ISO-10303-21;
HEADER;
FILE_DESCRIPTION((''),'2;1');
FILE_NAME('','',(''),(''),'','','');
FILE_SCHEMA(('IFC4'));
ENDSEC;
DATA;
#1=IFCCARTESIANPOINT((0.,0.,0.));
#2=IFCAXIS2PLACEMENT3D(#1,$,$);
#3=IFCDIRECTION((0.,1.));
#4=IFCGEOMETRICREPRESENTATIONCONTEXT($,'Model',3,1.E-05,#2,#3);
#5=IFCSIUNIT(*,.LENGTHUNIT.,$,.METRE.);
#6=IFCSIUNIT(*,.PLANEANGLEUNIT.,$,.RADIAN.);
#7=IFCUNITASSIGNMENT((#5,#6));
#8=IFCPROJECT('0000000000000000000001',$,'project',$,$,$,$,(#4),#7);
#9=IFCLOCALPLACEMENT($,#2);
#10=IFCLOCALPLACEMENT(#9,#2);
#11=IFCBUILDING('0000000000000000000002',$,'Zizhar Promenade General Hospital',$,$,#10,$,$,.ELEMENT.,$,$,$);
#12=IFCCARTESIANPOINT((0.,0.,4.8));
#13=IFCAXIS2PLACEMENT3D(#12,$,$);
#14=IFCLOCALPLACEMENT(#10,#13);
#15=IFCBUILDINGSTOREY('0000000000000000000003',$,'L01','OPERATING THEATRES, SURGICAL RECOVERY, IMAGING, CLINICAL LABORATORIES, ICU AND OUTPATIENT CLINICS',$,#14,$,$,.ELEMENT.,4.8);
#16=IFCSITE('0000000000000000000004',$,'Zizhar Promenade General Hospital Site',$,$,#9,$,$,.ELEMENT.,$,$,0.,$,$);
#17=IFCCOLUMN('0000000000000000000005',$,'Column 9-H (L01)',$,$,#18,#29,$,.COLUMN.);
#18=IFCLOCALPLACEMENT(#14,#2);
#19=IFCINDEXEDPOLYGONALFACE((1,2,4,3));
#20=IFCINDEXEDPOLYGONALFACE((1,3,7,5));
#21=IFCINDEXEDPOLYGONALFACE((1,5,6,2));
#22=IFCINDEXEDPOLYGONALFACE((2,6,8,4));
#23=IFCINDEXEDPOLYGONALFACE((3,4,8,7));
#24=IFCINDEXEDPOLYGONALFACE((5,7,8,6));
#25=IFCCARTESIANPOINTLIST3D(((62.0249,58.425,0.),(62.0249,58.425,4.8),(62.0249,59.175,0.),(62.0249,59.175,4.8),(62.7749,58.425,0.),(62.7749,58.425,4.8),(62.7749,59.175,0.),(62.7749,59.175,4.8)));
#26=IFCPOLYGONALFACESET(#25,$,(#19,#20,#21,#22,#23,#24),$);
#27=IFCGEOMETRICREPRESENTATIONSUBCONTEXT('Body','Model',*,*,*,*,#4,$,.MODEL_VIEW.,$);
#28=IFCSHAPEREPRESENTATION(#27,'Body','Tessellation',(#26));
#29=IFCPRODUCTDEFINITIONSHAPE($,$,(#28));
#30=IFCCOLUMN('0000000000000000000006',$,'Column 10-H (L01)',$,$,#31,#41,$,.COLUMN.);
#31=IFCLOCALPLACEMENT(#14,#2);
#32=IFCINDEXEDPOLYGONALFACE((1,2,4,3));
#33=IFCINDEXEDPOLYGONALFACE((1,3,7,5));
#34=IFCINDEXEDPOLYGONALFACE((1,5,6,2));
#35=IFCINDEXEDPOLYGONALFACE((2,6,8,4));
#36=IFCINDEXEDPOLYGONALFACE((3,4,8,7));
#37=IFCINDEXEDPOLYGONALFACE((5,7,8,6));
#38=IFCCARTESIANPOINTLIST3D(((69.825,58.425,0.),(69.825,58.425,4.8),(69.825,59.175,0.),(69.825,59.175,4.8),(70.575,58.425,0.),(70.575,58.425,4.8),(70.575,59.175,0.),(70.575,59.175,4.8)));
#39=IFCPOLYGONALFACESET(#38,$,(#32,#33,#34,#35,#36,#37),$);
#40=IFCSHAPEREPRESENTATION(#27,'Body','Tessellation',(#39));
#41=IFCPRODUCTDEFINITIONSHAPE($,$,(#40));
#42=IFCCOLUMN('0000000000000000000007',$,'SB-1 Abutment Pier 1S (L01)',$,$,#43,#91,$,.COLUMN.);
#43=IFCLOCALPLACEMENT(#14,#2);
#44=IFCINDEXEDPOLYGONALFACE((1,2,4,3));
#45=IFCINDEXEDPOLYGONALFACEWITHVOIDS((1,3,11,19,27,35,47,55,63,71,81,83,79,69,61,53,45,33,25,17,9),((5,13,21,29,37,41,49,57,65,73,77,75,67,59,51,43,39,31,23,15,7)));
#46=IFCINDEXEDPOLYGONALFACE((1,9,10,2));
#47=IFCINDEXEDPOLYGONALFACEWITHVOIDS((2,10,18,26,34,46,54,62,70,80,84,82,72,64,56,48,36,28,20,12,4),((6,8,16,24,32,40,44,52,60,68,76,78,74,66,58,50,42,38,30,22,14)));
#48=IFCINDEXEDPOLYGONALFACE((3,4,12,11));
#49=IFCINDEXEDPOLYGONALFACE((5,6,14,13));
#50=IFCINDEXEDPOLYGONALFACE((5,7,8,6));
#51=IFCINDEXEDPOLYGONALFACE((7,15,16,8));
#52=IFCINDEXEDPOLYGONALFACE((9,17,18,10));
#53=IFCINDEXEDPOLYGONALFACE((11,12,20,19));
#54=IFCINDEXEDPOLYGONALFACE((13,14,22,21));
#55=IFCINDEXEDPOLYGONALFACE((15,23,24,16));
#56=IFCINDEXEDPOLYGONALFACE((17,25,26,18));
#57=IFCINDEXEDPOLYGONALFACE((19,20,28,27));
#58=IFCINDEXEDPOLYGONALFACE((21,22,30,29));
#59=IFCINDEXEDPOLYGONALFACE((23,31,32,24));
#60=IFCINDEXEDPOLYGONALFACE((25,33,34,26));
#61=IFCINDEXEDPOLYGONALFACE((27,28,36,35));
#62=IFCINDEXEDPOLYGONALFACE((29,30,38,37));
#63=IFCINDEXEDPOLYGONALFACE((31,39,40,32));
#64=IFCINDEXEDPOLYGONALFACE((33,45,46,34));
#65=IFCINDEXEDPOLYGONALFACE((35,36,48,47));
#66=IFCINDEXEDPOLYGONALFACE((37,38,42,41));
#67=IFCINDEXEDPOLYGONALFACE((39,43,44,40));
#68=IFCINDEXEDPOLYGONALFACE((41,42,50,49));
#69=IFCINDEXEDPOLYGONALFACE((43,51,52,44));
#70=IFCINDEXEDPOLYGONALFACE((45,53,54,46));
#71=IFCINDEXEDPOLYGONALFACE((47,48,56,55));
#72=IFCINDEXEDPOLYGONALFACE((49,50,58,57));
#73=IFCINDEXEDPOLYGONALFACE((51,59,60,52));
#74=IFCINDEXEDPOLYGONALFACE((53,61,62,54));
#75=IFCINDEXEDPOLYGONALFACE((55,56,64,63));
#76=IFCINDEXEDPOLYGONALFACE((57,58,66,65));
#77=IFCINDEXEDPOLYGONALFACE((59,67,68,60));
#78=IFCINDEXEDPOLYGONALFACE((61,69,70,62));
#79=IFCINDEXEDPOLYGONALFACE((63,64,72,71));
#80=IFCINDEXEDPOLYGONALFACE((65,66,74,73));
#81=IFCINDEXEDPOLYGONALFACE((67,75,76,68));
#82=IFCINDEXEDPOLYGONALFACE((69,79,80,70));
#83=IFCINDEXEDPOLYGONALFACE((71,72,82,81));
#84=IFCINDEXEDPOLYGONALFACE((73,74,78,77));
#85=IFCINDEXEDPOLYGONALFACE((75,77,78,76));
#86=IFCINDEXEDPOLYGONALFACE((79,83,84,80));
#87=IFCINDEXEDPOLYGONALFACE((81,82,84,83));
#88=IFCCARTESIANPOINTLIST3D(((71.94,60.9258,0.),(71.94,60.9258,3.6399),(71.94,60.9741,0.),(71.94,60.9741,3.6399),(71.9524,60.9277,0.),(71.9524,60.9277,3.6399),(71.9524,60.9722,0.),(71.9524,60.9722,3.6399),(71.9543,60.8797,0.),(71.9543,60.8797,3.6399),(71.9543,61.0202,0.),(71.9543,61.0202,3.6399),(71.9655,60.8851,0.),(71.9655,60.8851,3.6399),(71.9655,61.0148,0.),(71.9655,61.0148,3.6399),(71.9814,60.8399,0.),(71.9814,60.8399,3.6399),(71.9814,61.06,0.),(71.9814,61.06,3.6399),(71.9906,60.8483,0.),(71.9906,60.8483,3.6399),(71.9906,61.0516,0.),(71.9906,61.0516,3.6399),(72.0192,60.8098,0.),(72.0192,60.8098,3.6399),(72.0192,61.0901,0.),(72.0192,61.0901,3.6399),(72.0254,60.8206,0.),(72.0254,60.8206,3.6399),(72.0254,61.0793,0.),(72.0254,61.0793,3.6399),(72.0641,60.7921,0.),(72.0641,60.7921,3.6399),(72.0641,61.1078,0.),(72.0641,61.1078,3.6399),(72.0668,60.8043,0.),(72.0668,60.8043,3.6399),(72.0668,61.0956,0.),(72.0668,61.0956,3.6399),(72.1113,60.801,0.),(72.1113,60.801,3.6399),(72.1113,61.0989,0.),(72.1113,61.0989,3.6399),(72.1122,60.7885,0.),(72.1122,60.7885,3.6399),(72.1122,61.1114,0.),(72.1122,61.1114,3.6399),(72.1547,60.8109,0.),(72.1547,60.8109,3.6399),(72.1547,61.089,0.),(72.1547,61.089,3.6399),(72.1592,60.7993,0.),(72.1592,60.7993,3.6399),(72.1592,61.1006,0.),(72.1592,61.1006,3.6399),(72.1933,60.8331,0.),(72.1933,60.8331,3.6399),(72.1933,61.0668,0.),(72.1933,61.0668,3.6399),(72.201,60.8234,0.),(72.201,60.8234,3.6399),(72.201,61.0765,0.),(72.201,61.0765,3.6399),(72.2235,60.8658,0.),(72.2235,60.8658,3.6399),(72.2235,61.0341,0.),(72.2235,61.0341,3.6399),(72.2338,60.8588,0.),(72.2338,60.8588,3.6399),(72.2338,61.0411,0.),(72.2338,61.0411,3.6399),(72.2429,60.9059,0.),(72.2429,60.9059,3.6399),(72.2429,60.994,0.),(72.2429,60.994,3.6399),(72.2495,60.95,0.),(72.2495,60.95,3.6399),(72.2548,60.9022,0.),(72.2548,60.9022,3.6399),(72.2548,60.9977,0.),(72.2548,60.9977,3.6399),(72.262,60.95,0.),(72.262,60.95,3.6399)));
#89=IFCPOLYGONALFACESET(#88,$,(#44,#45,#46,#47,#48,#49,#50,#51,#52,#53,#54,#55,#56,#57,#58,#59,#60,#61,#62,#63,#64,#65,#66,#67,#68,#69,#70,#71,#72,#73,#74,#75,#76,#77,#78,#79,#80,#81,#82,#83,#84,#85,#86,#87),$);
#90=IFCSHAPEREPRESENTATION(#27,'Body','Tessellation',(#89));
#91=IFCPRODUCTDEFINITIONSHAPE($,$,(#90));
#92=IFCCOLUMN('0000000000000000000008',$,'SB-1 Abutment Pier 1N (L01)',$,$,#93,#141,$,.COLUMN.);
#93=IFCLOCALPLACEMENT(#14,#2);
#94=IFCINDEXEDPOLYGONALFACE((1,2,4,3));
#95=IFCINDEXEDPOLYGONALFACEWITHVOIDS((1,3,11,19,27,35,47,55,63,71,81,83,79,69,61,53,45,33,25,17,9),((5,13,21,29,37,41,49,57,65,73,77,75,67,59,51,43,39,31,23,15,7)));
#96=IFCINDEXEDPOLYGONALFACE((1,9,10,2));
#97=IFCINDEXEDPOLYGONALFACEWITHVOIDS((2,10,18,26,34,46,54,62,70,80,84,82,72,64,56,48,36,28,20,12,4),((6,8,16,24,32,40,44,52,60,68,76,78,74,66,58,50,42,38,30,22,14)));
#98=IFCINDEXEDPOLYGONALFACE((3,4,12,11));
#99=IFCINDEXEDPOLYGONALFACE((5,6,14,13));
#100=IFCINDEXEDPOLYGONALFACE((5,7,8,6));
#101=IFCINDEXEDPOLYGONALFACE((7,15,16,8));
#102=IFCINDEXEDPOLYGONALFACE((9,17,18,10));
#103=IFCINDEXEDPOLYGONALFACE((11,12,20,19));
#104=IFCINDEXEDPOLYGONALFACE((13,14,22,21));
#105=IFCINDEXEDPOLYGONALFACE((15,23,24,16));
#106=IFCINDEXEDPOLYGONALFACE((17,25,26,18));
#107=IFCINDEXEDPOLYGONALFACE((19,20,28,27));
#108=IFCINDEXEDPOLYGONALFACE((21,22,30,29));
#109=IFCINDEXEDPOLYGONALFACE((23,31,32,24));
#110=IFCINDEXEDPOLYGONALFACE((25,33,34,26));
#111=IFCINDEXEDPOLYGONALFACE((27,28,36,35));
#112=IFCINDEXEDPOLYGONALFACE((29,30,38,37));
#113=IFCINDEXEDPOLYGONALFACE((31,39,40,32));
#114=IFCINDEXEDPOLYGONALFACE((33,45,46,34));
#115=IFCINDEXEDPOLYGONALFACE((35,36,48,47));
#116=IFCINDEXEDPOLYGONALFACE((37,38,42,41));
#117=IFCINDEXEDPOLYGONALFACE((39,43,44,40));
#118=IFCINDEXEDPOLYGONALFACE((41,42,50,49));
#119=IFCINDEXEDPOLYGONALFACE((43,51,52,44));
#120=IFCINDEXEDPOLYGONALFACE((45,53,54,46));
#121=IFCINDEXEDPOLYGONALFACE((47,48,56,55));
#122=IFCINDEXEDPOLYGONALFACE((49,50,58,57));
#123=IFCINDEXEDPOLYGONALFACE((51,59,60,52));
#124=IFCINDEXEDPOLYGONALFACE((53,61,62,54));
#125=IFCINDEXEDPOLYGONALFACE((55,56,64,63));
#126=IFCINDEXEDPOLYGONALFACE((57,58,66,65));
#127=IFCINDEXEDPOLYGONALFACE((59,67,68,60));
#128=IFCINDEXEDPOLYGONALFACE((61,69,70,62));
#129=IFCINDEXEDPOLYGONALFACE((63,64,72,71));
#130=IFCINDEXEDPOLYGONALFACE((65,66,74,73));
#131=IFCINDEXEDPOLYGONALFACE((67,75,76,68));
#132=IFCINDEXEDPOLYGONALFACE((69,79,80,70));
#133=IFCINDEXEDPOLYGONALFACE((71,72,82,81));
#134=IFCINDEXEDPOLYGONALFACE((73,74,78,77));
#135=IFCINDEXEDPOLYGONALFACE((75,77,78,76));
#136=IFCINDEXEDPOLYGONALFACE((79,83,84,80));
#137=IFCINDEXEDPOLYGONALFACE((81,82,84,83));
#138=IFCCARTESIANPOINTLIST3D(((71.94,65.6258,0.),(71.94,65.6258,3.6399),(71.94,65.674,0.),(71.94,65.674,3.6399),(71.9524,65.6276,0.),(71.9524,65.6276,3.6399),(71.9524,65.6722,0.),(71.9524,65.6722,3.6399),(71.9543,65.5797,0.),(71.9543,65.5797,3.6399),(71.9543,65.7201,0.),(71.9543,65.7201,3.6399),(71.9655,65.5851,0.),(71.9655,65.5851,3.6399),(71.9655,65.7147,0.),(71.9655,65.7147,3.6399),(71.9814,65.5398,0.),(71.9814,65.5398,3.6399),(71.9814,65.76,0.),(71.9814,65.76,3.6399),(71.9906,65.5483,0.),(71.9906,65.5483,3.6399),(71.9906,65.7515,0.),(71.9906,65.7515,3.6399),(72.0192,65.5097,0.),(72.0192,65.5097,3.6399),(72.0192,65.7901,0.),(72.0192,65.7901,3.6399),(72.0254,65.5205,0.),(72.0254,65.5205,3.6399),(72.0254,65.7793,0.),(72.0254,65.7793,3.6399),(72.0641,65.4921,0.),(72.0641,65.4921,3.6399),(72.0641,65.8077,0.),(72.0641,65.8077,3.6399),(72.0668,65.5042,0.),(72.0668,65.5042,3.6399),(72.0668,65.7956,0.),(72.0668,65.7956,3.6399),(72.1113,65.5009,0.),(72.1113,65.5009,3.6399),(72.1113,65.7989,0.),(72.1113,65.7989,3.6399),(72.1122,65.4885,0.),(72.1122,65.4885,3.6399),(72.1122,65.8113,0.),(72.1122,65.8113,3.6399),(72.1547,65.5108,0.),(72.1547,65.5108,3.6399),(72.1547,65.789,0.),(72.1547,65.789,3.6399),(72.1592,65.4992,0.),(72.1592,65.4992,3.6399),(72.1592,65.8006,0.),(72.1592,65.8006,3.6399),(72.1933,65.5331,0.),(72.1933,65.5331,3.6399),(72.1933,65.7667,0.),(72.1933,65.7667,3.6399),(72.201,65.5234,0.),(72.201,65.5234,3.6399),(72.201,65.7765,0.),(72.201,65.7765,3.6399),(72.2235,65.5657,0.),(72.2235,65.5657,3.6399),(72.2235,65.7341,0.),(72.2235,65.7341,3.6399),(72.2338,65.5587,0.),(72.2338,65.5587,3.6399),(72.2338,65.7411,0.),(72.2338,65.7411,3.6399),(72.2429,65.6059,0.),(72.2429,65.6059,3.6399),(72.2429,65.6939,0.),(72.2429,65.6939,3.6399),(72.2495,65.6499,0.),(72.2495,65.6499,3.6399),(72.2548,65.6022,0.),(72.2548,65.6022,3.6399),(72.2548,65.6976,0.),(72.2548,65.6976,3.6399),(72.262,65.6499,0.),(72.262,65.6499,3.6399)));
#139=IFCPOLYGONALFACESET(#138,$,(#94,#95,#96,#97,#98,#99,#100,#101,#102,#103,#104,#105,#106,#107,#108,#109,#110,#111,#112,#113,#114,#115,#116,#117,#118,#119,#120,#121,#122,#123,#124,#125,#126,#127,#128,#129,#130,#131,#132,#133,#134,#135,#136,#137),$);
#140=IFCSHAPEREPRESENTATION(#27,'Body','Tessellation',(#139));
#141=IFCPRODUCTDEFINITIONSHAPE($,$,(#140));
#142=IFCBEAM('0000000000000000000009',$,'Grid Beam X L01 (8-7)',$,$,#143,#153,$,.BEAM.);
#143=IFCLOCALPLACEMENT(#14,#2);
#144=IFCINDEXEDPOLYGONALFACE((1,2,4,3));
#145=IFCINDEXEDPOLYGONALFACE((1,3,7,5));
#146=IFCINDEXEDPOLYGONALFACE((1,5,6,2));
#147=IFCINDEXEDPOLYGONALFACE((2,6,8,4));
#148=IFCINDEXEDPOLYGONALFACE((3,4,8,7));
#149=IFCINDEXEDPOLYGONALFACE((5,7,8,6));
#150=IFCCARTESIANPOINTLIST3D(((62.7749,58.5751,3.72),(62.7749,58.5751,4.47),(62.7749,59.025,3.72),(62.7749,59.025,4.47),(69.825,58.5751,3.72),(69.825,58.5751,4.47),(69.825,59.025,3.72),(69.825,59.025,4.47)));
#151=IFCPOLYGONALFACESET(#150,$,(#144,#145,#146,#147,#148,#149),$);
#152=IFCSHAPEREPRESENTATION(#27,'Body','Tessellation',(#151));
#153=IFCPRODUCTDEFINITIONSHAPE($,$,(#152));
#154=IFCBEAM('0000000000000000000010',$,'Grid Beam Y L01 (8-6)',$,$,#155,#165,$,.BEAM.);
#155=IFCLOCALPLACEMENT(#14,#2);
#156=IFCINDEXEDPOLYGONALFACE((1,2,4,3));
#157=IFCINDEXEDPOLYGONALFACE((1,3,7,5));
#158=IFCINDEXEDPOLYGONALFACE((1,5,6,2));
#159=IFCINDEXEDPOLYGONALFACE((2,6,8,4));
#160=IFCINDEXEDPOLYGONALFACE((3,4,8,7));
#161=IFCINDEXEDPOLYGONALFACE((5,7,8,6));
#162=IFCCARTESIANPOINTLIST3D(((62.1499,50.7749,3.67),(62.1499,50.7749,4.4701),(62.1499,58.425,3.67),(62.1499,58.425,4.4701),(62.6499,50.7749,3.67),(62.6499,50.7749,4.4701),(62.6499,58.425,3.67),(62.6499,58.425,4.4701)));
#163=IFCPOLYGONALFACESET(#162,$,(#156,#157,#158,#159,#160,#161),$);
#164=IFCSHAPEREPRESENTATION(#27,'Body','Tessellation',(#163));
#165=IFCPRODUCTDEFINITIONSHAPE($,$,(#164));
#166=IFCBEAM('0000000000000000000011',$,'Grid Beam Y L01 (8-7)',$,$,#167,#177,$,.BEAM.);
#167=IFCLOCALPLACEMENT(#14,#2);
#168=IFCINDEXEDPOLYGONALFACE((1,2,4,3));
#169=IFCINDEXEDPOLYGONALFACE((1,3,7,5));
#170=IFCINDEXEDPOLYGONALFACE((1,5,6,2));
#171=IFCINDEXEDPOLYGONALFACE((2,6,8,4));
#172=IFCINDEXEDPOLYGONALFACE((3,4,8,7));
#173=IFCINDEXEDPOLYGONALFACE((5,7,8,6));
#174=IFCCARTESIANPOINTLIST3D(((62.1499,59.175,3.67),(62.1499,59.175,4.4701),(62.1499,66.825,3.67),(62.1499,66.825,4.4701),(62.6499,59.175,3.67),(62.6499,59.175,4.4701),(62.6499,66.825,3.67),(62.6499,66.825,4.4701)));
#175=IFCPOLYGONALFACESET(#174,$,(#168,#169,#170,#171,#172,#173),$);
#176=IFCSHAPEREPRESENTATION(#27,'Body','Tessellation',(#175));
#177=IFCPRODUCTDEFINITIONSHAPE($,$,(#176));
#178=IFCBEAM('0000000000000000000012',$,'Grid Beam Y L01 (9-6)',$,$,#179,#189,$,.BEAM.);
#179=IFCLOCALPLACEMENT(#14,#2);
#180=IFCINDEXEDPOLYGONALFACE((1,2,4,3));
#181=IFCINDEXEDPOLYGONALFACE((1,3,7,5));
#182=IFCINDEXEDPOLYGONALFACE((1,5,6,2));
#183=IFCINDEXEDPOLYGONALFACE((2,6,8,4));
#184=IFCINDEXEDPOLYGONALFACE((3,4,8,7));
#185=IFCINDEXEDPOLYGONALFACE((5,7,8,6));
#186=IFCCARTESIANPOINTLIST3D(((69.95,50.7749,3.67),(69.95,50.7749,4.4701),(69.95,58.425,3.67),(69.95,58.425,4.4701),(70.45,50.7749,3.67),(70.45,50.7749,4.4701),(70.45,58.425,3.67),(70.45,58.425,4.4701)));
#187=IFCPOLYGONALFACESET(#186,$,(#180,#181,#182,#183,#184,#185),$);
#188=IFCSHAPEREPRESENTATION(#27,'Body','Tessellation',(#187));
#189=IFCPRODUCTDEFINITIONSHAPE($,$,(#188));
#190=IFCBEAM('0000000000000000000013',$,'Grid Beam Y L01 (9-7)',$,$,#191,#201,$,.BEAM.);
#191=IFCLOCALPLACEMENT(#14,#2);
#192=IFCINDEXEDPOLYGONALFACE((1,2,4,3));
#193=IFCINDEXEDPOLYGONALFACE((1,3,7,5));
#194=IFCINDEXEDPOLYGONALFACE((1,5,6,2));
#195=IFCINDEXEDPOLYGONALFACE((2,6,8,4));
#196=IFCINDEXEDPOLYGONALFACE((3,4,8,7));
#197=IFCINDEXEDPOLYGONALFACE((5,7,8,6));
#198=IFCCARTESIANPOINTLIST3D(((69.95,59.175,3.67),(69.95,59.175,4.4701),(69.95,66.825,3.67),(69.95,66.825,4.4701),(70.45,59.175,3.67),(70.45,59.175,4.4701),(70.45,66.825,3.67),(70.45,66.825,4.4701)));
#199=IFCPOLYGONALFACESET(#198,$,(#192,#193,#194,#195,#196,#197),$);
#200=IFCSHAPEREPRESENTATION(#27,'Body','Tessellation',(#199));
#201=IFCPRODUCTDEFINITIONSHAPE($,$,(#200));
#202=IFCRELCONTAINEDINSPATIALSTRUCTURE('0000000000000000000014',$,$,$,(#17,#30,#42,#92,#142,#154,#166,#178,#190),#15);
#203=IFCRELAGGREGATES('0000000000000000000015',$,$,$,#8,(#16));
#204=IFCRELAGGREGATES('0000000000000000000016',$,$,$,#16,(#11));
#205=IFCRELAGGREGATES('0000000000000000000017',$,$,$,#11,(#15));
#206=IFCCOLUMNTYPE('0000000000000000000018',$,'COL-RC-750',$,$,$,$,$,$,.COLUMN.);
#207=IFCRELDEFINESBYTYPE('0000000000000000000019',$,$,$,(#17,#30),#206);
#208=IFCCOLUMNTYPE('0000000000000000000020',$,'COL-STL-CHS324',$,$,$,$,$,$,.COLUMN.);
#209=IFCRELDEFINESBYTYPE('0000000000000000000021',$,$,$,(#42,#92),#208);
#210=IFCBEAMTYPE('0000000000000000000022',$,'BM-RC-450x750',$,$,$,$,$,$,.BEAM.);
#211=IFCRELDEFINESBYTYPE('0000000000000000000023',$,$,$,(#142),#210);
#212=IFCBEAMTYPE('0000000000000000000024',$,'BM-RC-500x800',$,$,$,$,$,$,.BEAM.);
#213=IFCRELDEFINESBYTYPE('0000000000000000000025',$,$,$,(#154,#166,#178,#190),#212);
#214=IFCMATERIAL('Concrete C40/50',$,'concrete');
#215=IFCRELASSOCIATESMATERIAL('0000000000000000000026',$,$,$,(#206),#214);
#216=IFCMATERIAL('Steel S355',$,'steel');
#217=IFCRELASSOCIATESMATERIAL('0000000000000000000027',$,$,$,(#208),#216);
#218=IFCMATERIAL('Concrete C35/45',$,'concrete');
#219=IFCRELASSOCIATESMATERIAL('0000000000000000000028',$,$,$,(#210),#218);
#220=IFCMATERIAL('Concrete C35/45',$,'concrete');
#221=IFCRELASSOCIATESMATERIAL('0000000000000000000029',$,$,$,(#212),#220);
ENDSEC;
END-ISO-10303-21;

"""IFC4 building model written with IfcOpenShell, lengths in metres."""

from ifc_helpers import new_model, si_unit, direction, frame, origin, origin_2d, place, context, subcontext, project, spatial, rectangle, hollow_circle, extrude, material, material_profile, profile_set, type_object, element, save


model = new_model("IFC4")

# Units and contexts
model_context = context("Model", 3, precision=1e-05, world=origin(), true_north=direction((0.0, 1.0)))
body_context = subcontext(model_context, "Body", "Model", "MODEL_VIEW")
ifc_project = project(units=[si_unit("LENGTHUNIT", "METRE"), si_unit("PLANEANGLEUNIT", "RADIAN")], contexts=[model_context])

# Site, building, storey
site_placement = place(None, origin())
site = spatial("IfcSite", under=ifc_project, at=site_placement, Name="Zizhar Promenade General Hospital Site", CompositionType="ELEMENT", RefElevation=0.0)
building_placement = place(site_placement, origin())
building = spatial("IfcBuilding", under=site, at=building_placement, Name="Zizhar Promenade General Hospital", CompositionType="ELEMENT")
storey_placement = place(building_placement, frame((0.0, 0.0, 4.8)))
storey = spatial("IfcBuildingStorey", under=building, at=storey_placement, Name="L01", Description="OPERATING THEATRES, SURGICAL RECOVERY, IMAGING, CLINICAL LABORATORIES, ICU AND OUTPATIENT CLINICS", CompositionType="ELEMENT", Elevation=4.8)

# Columns
ifc_material_1 = material(Name="Concrete C40/50", Category="concrete")
ifc_material_profile_1 = material_profile(ifc_material_1, rectangle(XDim=0.75, YDim=0.75, at=origin_2d()))
ifc_profile_set_1 = profile_set([ifc_material_profile_1], Name="Concrete C40/50")
column_type_1 = type_object("IfcColumnType", Name="COL-RC-750", PredefinedType="COLUMN", material=ifc_profile_set_1)
for number, where, z_axis, x_axis, name in (
    (1, (62.3999, 58.8, 0.0), (0.0, 0.0, 1.0), (1.0, 0.0, 0.0), "Column 9-H (L01)"),
    (2, (70.2, 58.8, 0.0), (0.0, 0.0, 1.0), (1.0, 0.0, 0.0), "Column 10-H (L01)"),
):
    element("IfcColumn", number, at=place(storey_placement, frame(where, z_axis=z_axis, x_axis=x_axis)), inside=storey, type_object=column_type_1, Name=name, PredefinedType="COLUMN", context=body_context, shape_type="SweptSolid", body=[
        extrude(rectangle(XDim=0.75, YDim=0.75, at=origin_2d()), origin(), (0.0, 0.0, 1.0), 4.8),
    ])
ifc_material_2 = material(Name="Steel S355", Category="steel")
ifc_material_profile_2 = material_profile(ifc_material_2, hollow_circle(Radius=0.1619, WallThickness=0.0125, at=origin_2d()))
ifc_profile_set_2 = profile_set([ifc_material_profile_2], Name="Steel S355")
column_type_2 = type_object("IfcColumnType", Name="COL-STL-CHS324", PredefinedType="COLUMN", material=ifc_profile_set_2)
for number, where, z_axis, x_axis, name in (
    (3, (72.1001, 60.95, 0.0), (0.0, 0.0, 1.0), (1.0, 0.0, 0.0), "SB-1 Abutment Pier 1S (L01)"),
    (4, (72.1001, 65.6499, 0.0), (0.0, 0.0, 1.0), (1.0, 0.0, 0.0), "SB-1 Abutment Pier 1N (L01)"),
):
    element("IfcColumn", number, at=place(storey_placement, frame(where, z_axis=z_axis, x_axis=x_axis)), inside=storey, type_object=column_type_2, Name=name, PredefinedType="COLUMN", context=body_context, shape_type="SweptSolid", body=[
        extrude(hollow_circle(Radius=0.1619, WallThickness=0.0125, at=origin_2d()), origin(), (0.0, 0.0, 1.0), 3.6399),
    ])

# Beams
ifc_material_3 = material(Name="Concrete C35/45", Category="concrete")
ifc_material_profile_3 = material_profile(ifc_material_3, rectangle(XDim=0.45, YDim=0.75, at=origin_2d()))
ifc_profile_set_3 = profile_set([ifc_material_profile_3], Name="Concrete C35/45")
beam_type_1 = type_object("IfcBeamType", Name="BM-RC-450x750", PredefinedType="BEAM", material=ifc_profile_set_3)
beam_1_placement = place(storey_placement, frame((62.7749, 58.8, 4.095), z_axis=(1.0, 0.0, 0.0), x_axis=(0.0, 1.0, 0.0)))
element("IfcBeam", 5, at=beam_1_placement, inside=storey, type_object=beam_type_1, Name="Grid Beam X L01 (8-7)", PredefinedType="BEAM", context=body_context, shape_type="SweptSolid", body=[
    extrude(rectangle(XDim=0.45, YDim=0.75, at=origin_2d()), origin(), (0.0, 0.0, 1.0), 7.05),
])
ifc_material_4 = material(Name="Concrete C35/45", Category="concrete")
ifc_material_profile_4 = material_profile(ifc_material_4, rectangle(XDim=0.5, YDim=0.8, at=origin_2d()))
ifc_profile_set_4 = profile_set([ifc_material_profile_4], Name="Concrete C35/45")
beam_type_2 = type_object("IfcBeamType", Name="BM-RC-500x800", PredefinedType="BEAM", material=ifc_profile_set_4)
beam_2_placement = place(storey_placement, frame((62.3999, 50.7749, 4.0701), z_axis=(0.0, 1.0, 0.0), x_axis=(-1.0, 0.0, 0.0)))
element("IfcBeam", 6, at=beam_2_placement, inside=storey, type_object=beam_type_2, Name="Grid Beam Y L01 (8-6)", PredefinedType="BEAM", context=body_context, shape_type="SweptSolid", body=[
    extrude(rectangle(XDim=0.5, YDim=0.8, at=origin_2d()), origin(), (0.0, 0.0, 1.0), 7.6501),
])
beam_3_placement = place(storey_placement, frame((62.3999, 59.175, 4.0701), z_axis=(0.0, 1.0, 0.0), x_axis=(-1.0, 0.0, 0.0)))
element("IfcBeam", 7, at=beam_3_placement, inside=storey, type_object=beam_type_2, Name="Grid Beam Y L01 (8-7)", PredefinedType="BEAM", context=body_context, shape_type="SweptSolid", body=[
    extrude(rectangle(XDim=0.5, YDim=0.8, at=origin_2d()), origin(), (0.0, 0.0, 1.0), 7.6499),
])
beam_4_placement = place(storey_placement, frame((70.2, 50.7749, 4.0701), z_axis=(0.0, 1.0, 0.0), x_axis=(-1.0, 0.0, 0.0)))
element("IfcBeam", 8, at=beam_4_placement, inside=storey, type_object=beam_type_2, Name="Grid Beam Y L01 (9-6)", PredefinedType="BEAM", context=body_context, shape_type="SweptSolid", body=[
    extrude(rectangle(XDim=0.5, YDim=0.8, at=origin_2d()), origin(), (0.0, 0.0, 1.0), 7.6501),
])
beam_5_placement = place(storey_placement, frame((70.2, 59.175, 4.0701), z_axis=(0.0, 1.0, 0.0), x_axis=(-1.0, 0.0, 0.0)))
element("IfcBeam", 9, at=beam_5_placement, inside=storey, type_object=beam_type_2, Name="Grid Beam Y L01 (9-7)", PredefinedType="BEAM", context=body_context, shape_type="SweptSolid", body=[
    extrude(rectangle(XDim=0.5, YDim=0.8, at=origin_2d()), origin(), (0.0, 0.0, 1.0), 7.6499),
])

save(model, "model.ifc")
